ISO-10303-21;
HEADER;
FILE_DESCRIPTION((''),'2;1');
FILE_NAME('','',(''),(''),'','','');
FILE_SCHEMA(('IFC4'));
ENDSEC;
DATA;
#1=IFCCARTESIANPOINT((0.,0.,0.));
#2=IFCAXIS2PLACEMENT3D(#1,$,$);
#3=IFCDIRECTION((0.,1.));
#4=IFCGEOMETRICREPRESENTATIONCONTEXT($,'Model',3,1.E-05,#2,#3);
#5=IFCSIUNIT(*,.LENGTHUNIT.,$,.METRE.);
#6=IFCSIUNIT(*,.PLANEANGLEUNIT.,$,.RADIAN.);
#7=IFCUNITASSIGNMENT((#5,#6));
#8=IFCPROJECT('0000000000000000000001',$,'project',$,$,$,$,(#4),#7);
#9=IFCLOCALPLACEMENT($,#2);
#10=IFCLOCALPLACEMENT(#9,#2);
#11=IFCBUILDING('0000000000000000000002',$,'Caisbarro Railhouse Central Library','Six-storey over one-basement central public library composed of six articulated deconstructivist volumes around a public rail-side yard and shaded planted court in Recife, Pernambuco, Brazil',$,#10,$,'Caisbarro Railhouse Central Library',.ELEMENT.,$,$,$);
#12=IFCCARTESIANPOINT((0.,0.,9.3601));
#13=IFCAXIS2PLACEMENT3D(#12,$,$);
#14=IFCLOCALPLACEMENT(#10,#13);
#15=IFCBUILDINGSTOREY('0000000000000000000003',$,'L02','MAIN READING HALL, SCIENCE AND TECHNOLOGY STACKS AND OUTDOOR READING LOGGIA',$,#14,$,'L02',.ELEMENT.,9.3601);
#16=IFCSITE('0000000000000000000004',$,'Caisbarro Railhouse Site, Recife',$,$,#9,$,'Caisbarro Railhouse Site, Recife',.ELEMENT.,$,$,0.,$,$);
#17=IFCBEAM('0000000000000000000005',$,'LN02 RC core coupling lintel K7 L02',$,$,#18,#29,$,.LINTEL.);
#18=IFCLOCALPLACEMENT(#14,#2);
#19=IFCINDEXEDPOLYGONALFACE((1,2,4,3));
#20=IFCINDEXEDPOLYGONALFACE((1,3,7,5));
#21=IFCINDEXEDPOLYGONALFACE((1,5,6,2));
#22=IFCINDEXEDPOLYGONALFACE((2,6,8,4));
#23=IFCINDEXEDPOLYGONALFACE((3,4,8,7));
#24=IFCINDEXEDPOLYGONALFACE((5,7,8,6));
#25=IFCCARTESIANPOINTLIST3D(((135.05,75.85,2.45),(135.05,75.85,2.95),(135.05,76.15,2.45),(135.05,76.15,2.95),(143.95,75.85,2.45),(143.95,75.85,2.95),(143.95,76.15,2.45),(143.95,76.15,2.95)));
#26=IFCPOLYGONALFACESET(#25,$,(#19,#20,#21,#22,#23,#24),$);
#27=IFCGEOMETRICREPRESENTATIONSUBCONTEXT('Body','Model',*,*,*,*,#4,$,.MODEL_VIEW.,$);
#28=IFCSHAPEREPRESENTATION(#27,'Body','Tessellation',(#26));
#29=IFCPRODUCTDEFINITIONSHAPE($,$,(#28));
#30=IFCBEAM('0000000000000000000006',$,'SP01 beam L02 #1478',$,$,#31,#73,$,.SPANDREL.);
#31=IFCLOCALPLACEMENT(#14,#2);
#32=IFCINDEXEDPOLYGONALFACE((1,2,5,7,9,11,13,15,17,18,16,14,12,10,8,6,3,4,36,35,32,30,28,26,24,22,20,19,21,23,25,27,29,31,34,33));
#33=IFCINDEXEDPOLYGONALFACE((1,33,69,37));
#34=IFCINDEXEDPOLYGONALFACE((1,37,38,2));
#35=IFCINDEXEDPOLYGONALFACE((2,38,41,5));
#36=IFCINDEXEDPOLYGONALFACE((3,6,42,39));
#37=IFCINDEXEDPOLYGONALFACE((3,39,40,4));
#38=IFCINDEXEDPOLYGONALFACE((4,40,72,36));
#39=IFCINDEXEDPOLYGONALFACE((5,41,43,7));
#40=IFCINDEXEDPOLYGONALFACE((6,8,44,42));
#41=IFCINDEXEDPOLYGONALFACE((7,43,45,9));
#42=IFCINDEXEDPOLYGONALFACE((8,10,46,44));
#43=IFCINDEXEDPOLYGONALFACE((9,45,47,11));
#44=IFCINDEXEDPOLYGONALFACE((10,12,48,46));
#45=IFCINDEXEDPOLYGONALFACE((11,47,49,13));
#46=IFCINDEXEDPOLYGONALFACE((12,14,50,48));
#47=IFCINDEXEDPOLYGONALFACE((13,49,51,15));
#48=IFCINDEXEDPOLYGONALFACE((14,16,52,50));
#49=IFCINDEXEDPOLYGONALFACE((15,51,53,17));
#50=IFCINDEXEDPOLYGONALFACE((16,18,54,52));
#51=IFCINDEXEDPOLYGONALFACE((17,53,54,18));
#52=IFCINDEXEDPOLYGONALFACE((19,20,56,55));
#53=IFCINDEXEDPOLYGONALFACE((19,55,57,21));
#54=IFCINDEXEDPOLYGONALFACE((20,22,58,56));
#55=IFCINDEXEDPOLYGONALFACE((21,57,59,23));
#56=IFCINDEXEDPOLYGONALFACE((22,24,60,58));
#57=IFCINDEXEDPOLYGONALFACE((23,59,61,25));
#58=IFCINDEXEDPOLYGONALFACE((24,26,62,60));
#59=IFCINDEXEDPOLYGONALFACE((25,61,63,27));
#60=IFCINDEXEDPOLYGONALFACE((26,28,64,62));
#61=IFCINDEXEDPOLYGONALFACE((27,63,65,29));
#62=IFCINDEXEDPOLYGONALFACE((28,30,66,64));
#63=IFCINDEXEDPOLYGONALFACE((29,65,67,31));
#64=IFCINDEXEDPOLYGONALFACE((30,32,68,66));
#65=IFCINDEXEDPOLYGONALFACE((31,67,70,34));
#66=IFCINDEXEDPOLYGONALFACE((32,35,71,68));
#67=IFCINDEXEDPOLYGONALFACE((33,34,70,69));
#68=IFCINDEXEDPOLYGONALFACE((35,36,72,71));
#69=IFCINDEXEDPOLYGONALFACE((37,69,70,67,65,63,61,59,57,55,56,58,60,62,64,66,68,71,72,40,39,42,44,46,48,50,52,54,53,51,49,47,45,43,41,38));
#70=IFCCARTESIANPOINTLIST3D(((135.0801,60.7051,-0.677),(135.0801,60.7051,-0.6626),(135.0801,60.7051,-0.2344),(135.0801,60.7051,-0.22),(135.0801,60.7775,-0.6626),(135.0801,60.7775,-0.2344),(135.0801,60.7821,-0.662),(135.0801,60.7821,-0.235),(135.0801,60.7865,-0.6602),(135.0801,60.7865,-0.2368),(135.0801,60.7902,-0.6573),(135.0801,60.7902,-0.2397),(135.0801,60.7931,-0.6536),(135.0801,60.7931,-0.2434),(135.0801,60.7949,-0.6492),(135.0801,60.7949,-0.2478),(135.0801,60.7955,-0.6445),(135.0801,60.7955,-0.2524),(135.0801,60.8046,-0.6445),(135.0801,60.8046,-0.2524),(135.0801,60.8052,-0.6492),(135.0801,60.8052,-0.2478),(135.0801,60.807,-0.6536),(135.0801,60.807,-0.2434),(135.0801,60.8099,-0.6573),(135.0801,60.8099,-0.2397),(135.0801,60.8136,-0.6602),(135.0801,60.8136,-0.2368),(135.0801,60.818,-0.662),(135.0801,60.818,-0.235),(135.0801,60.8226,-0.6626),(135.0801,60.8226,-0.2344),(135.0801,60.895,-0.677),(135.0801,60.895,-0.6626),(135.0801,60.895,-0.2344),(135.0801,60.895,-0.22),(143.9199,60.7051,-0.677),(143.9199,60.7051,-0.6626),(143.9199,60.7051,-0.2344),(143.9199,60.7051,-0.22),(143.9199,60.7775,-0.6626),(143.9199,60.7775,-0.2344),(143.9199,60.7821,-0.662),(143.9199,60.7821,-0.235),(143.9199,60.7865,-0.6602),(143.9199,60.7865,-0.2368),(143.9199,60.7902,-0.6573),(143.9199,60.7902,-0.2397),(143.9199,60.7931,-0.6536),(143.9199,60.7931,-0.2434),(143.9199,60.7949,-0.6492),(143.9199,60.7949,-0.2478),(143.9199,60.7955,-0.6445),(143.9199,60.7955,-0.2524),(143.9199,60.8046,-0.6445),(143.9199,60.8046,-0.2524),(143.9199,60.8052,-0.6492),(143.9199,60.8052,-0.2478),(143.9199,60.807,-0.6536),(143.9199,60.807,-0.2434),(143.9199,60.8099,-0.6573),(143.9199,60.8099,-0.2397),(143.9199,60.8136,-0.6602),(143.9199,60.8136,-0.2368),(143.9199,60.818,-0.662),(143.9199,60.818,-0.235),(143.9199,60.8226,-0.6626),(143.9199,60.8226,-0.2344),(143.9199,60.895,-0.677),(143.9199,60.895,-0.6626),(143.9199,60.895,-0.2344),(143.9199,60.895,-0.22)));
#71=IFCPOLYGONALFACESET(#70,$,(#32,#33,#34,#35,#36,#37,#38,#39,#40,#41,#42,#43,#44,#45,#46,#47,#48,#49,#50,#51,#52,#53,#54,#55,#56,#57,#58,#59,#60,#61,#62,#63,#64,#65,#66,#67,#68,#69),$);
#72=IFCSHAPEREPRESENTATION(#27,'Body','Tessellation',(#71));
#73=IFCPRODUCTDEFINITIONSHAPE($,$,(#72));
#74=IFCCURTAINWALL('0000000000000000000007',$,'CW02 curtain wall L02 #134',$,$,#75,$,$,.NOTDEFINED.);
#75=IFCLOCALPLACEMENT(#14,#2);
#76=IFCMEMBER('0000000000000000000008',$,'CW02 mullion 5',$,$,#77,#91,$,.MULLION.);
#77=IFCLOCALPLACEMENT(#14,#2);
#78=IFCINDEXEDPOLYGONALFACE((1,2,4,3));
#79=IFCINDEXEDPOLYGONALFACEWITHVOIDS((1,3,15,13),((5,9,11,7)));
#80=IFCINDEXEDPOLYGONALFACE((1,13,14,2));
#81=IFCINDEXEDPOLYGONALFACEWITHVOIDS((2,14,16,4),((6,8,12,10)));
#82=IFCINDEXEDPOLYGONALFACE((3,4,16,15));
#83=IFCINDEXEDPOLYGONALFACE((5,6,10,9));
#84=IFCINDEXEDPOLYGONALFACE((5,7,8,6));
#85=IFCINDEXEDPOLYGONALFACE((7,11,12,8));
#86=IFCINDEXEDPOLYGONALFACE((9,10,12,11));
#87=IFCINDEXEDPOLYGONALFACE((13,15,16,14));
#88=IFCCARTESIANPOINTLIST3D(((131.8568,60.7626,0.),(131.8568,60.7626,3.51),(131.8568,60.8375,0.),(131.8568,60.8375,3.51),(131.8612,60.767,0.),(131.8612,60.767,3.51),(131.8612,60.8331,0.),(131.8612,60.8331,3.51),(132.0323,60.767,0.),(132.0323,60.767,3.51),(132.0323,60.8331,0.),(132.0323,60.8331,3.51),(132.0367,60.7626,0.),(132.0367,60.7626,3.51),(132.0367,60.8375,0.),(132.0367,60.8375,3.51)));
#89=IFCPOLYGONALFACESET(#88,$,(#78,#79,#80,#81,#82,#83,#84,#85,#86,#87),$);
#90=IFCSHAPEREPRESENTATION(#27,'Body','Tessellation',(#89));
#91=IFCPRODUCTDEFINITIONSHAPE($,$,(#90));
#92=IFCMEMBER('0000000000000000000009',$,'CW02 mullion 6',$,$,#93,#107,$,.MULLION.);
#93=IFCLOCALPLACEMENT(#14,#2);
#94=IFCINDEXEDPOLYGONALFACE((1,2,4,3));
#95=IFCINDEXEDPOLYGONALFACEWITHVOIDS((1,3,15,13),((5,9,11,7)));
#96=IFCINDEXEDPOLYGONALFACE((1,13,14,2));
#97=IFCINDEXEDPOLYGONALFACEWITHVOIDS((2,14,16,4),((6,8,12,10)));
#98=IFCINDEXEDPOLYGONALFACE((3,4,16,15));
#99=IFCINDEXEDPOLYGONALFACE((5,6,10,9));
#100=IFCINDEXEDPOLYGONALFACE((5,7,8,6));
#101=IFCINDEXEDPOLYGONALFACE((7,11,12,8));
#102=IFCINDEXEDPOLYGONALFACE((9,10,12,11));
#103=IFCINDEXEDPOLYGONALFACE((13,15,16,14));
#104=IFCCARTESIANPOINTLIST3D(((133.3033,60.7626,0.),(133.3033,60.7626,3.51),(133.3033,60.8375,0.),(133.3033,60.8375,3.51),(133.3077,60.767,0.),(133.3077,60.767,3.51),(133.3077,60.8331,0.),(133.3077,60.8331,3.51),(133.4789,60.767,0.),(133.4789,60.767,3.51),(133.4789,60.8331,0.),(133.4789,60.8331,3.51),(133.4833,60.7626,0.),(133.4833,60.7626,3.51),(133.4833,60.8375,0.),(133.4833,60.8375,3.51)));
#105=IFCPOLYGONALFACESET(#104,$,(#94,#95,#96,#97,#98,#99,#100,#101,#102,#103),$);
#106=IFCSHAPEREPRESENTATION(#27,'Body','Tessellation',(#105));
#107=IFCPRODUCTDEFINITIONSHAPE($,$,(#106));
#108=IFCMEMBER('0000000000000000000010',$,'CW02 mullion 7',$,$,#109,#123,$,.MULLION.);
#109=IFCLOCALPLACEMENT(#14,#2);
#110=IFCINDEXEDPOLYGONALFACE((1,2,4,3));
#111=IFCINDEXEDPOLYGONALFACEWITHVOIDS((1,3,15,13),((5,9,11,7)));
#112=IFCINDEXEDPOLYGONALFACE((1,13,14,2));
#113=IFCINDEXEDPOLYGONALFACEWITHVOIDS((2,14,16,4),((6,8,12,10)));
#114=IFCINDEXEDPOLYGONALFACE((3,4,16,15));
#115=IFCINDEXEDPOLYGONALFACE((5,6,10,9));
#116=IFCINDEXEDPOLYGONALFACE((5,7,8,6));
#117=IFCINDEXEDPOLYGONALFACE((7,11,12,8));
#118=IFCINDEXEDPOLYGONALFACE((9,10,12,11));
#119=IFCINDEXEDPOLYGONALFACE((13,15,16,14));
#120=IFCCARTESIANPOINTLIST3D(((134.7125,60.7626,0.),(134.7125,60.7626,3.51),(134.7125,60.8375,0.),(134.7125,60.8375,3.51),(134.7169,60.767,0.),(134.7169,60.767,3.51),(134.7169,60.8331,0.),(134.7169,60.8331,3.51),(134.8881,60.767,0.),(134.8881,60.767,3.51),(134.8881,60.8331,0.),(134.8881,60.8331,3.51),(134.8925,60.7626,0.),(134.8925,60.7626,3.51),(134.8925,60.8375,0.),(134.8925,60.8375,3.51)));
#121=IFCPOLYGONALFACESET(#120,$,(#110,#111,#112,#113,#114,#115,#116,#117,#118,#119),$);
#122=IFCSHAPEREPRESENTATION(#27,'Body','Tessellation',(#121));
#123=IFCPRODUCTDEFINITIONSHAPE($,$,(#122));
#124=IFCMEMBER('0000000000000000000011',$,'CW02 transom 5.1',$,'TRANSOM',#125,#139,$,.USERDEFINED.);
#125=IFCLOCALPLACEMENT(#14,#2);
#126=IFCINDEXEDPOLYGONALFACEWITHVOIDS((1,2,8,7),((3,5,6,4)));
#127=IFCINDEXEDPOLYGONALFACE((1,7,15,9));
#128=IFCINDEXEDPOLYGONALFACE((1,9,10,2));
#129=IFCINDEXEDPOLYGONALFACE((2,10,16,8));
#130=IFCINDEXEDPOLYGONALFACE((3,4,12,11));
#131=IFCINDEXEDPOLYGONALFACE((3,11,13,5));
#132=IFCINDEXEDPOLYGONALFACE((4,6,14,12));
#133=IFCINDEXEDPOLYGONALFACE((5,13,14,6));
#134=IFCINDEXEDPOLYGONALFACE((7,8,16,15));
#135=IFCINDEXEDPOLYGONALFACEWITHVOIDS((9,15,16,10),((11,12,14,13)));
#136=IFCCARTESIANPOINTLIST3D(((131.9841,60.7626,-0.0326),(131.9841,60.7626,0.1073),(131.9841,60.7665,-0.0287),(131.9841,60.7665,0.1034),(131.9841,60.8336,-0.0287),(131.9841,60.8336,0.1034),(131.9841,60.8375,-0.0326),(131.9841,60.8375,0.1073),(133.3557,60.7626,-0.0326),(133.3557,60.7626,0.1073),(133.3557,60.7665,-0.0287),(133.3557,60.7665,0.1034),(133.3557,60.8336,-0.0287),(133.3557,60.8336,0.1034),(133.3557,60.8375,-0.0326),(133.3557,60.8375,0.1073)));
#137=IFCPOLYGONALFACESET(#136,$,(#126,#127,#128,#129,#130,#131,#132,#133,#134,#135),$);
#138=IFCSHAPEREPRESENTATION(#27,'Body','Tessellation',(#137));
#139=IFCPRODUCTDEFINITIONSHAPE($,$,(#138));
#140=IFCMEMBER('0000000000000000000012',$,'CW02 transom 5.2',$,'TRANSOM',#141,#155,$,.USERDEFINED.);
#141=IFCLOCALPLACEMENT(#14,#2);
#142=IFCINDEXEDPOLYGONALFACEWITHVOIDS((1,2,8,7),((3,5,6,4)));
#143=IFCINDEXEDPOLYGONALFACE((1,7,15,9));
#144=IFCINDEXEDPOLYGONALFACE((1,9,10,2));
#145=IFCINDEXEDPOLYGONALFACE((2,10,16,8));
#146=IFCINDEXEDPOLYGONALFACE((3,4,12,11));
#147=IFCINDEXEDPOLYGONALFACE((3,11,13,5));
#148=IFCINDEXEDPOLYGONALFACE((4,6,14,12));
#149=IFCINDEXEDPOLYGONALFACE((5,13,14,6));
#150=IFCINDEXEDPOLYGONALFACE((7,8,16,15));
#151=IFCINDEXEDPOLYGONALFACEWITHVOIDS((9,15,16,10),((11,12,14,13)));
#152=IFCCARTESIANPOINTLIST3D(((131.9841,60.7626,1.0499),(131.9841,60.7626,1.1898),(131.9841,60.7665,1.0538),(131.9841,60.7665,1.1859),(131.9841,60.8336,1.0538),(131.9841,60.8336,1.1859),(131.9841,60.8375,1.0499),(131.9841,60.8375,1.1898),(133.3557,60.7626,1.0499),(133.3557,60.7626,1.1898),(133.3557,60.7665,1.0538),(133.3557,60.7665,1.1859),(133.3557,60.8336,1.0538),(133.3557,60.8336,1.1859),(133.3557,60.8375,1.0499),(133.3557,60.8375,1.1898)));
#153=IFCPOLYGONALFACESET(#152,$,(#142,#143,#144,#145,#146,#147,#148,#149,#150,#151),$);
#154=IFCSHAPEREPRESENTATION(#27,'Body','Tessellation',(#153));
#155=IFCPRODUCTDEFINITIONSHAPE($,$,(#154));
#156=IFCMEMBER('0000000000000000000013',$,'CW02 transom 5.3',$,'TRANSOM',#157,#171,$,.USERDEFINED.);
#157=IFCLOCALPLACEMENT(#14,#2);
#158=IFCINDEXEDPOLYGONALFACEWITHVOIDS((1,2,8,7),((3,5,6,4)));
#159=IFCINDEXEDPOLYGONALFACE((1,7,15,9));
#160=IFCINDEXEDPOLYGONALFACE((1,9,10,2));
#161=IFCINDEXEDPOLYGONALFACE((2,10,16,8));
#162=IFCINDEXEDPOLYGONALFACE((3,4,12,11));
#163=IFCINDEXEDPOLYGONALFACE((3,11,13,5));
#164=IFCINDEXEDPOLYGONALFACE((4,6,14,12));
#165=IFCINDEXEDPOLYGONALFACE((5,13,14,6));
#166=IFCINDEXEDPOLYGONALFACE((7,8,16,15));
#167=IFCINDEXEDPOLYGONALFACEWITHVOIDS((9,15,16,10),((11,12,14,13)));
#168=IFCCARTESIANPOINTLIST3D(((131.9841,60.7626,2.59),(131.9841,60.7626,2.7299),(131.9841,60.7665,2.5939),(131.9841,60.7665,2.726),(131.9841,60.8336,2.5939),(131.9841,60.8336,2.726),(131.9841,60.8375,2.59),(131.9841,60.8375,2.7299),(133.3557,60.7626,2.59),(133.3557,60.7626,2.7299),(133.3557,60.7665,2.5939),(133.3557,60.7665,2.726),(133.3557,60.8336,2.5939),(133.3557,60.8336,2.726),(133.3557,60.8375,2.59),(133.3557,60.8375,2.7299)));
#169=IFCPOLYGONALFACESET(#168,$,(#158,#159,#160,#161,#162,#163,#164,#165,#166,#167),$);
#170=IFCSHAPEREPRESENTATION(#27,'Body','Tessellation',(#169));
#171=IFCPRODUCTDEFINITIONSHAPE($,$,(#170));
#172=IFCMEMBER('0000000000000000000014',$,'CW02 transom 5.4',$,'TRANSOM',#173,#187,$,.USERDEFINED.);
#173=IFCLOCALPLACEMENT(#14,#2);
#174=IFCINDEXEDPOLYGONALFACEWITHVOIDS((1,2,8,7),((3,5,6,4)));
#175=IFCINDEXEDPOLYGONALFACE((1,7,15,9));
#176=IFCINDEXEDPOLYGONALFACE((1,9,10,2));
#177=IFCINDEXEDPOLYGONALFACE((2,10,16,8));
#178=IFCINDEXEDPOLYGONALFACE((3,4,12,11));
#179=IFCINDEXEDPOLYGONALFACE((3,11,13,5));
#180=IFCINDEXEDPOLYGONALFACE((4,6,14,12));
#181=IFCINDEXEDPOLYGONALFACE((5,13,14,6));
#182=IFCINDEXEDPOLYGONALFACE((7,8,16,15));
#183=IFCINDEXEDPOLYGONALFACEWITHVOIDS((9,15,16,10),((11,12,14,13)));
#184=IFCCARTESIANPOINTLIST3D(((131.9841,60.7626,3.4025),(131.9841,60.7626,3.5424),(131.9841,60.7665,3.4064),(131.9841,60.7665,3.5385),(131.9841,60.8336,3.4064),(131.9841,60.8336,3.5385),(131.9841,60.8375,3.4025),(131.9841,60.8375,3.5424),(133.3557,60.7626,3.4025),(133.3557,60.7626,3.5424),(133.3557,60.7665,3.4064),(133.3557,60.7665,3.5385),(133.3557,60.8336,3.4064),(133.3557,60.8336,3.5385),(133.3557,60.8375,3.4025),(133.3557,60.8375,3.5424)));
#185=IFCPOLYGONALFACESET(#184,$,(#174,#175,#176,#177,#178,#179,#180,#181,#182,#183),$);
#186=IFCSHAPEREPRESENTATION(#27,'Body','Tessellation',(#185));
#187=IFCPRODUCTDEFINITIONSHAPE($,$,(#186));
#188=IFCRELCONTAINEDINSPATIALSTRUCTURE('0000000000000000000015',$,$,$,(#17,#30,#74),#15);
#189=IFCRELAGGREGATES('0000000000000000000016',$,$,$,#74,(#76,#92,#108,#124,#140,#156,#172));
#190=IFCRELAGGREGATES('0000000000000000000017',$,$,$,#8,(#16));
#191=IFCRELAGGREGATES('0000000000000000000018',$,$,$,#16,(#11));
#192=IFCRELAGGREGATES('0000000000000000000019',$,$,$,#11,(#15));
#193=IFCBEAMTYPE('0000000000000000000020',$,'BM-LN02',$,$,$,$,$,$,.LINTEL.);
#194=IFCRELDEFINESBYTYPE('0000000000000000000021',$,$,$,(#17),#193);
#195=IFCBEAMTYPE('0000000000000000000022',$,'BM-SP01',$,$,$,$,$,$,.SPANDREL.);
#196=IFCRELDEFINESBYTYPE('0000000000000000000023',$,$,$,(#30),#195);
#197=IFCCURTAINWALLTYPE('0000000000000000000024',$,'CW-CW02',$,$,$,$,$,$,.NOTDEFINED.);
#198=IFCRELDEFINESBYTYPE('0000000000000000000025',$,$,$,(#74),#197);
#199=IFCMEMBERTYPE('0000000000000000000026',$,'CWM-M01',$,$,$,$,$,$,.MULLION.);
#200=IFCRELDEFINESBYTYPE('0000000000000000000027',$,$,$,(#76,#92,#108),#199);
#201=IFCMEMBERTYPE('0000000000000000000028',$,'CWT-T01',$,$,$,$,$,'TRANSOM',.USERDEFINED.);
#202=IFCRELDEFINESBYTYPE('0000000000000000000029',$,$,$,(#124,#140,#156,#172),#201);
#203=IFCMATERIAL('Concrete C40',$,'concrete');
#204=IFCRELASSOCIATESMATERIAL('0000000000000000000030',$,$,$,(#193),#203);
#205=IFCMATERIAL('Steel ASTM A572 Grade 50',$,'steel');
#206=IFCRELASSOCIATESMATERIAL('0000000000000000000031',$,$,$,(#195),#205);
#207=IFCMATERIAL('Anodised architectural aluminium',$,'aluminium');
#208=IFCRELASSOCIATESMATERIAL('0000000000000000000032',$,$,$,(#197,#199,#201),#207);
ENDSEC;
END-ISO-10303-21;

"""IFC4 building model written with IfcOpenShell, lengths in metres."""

from ifc_helpers import new_model, si_unit, direction, frame, origin, origin_2d, place, context, subcontext, project, spatial, rectangle, hollow_rectangle, i_section, extrude, material, material_profile, profile_set, type_object, element, aggregate, save


model = new_model("IFC4")

# Units and contexts
model_context = context("Model", 3, precision=1e-05, world=origin(), true_north=direction((0.0, 1.0)))
body_context = subcontext(model_context, "Body", "Model", "MODEL_VIEW")
ifc_project = project(units=[si_unit("LENGTHUNIT", "METRE"), si_unit("PLANEANGLEUNIT", "RADIAN")], contexts=[model_context])

# Site, building, storey
site_placement = place(None, origin())
site = spatial("IfcSite", under=ifc_project, at=site_placement, Name="Caisbarro Railhouse Site, Recife", LongName="Caisbarro Railhouse Site, Recife", CompositionType="ELEMENT", RefElevation=0.0)
building_placement = place(site_placement, origin())
building = spatial("IfcBuilding", under=site, at=building_placement, Name="Caisbarro Railhouse Central Library", Description="Six-storey over one-basement central public library composed of six articulated deconstructivist volumes around a public rail-side yard and shaded planted court in Recife, Pernambuco, Brazil", LongName="Caisbarro Railhouse Central Library", CompositionType="ELEMENT")
storey_placement = place(building_placement, frame((0.0, 0.0, 9.3601)))
storey = spatial("IfcBuildingStorey", under=building, at=storey_placement, Name="L02", Description="MAIN READING HALL, SCIENCE AND TECHNOLOGY STACKS AND OUTDOOR READING LOGGIA", LongName="L02", CompositionType="ELEMENT", Elevation=9.3601)

# Shared definitions
ifc_material_1 = material(Name="Steel ASTM A572 Grade 50", Category="steel")

# Beams
ifc_material_2 = material(Name="Concrete C40", Category="concrete")
ifc_material_profile_1 = material_profile(ifc_material_2, rectangle(XDim=0.3, YDim=0.5, at=origin_2d()), Name="RC-LIN-300X500")
ifc_profile_set_1 = profile_set([ifc_material_profile_1], Name="Concrete C40")
beam_type_1 = type_object("IfcBeamType", Name="BM-LN02", PredefinedType="LINTEL", material=ifc_profile_set_1)
beam_1_placement = place(storey_placement, frame((135.05, 76.0, 2.7), z_axis=(1.0, 0.0, 0.0), x_axis=(0.0, 1.0, 0.0)))
element("IfcBeam", 1, at=beam_1_placement, inside=storey, type_object=beam_type_1, Name="LN02 RC core coupling lintel K7 L02", PredefinedType="LINTEL", context=body_context, shape_type="SweptSolid", body=[
    extrude(rectangle(XDim=0.3, YDim=0.5, at=origin_2d()), origin(), (0.0, 0.0, 1.0), 8.8999),
])
ifc_material_profile_2 = material_profile(ifc_material_1, i_section(OverallWidth=0.1899, OverallDepth=0.457, WebThickness=0.009, FlangeThickness=0.0144, FilletRadius=0.0181, at=origin_2d()), Name="W460X74.0")
ifc_profile_set_2 = profile_set([ifc_material_profile_2], Name="Steel ASTM A572 Grade 50")
beam_type_2 = type_object("IfcBeamType", Name="BM-SP01", PredefinedType="SPANDREL", material=ifc_profile_set_2)
beam_2_placement = place(storey_placement, frame((135.0801, 60.8, -0.4485), z_axis=(1.0, 0.0, 0.0), x_axis=(0.0, 1.0, 0.0)))
element("IfcBeam", 2, at=beam_2_placement, inside=storey, type_object=beam_type_2, Name="SP01 beam L02 #1478", PredefinedType="SPANDREL", context=body_context, shape_type="SweptSolid", body=[
    extrude(i_section(OverallWidth=0.1899, OverallDepth=0.457, WebThickness=0.009, FlangeThickness=0.0144, FilletRadius=0.0181, at=origin_2d()), origin(), (0.0, 0.0, 1.0), 8.8398),
])

# Curtain wall, members
ifc_material_3 = material(Name="Anodised architectural aluminium", Category="aluminium")
curtain_wall_type = type_object("IfcCurtainWallType", Name="CW-CW02", PredefinedType="NOTDEFINED", material=ifc_material_3)
curtain_wall_placement = place(storey_placement, origin())
curtain_wall = element("IfcCurtainWall", 3, at=curtain_wall_placement, inside=storey, type_object=curtain_wall_type, Name="CW02 curtain wall L02 #134", PredefinedType="NOTDEFINED")
ifc_material_profile_3 = material_profile(ifc_material_3, hollow_rectangle(XDim=0.075, YDim=0.1799, WallThickness=0.0044, at=origin_2d()), Name="ALU-MUL-75X180")
ifc_profile_set_3 = profile_set([ifc_material_profile_3], Name="Anodised architectural aluminium")
member_type_1 = type_object("IfcMemberType", Name="CWM-M01", PredefinedType="MULLION", material=ifc_profile_set_3)
member_1_placement = place(storey_placement, frame((131.9468, 60.8, 0.0), z_axis=(0.0, 0.0, 1.0), x_axis=(0.0, 1.0, 0.0)))
member_1 = element("IfcMember", 4, at=member_1_placement, type_object=member_type_1, Name="CW02 mullion 5", PredefinedType="MULLION", context=body_context, shape_type="SweptSolid", body=[
    extrude(hollow_rectangle(XDim=0.075, YDim=0.1799, WallThickness=0.0044, at=origin_2d()), origin(), (0.0, 0.0, 1.0), 3.51),
])
member_2_placement = place(storey_placement, frame((133.3933, 60.8, 0.0), z_axis=(0.0, 0.0, 1.0), x_axis=(0.0, 1.0, 0.0)))
member_2 = element("IfcMember", 5, at=member_2_placement, type_object=member_type_1, Name="CW02 mullion 6", PredefinedType="MULLION", context=body_context, shape_type="SweptSolid", body=[
    extrude(hollow_rectangle(XDim=0.075, YDim=0.1799, WallThickness=0.0044, at=origin_2d()), origin(), (0.0, 0.0, 1.0), 3.51),
])
member_3_placement = place(storey_placement, frame((134.8025, 60.8, 0.0), z_axis=(0.0, 0.0, 1.0), x_axis=(0.0, 1.0, 0.0)))
member_3 = element("IfcMember", 6, at=member_3_placement, type_object=member_type_1, Name="CW02 mullion 7", PredefinedType="MULLION", context=body_context, shape_type="SweptSolid", body=[
    extrude(hollow_rectangle(XDim=0.075, YDim=0.1799, WallThickness=0.0044, at=origin_2d()), origin(), (0.0, 0.0, 1.0), 3.51),
])
ifc_material_profile_4 = material_profile(ifc_material_3, hollow_rectangle(XDim=0.075, YDim=0.1399, WallThickness=0.0039, at=origin_2d()), Name="ALU-TRN-75X140")
ifc_profile_set_4 = profile_set([ifc_material_profile_4], Name="Anodised architectural aluminium")
member_type_2 = type_object("IfcMemberType", Name="CWT-T01", ElementType="TRANSOM", PredefinedType="USERDEFINED", material=ifc_profile_set_4)
member_4_placement = place(storey_placement, frame((131.9841, 60.8, 0.0374), z_axis=(1.0, 0.0, 0.0), x_axis=(0.0, 1.0, 0.0)))
member_4 = element("IfcMember", 7, at=member_4_placement, type_object=member_type_2, Name="CW02 transom 5.1", ObjectType="TRANSOM", PredefinedType="USERDEFINED", context=body_context, shape_type="SweptSolid", body=[
    extrude(hollow_rectangle(XDim=0.075, YDim=0.1399, WallThickness=0.0039, at=origin_2d()), origin(), (0.0, 0.0, 1.0), 1.3716),
])
member_5_placement = place(storey_placement, frame((131.9841, 60.8, 1.1199), z_axis=(1.0, 0.0, 0.0), x_axis=(0.0, 1.0, 0.0)))
member_5 = element("IfcMember", 8, at=member_5_placement, type_object=member_type_2, Name="CW02 transom 5.2", ObjectType="TRANSOM", PredefinedType="USERDEFINED", context=body_context, shape_type="SweptSolid", body=[
    extrude(hollow_rectangle(XDim=0.075, YDim=0.1399, WallThickness=0.0039, at=origin_2d()), origin(), (0.0, 0.0, 1.0), 1.3716),
])
member_6_placement = place(storey_placement, frame((131.9841, 60.8, 2.6599), z_axis=(1.0, 0.0, 0.0), x_axis=(0.0, 1.0, 0.0)))
member_6 = element("IfcMember", 9, at=member_6_placement, type_object=member_type_2, Name="CW02 transom 5.3", ObjectType="TRANSOM", PredefinedType="USERDEFINED", context=body_context, shape_type="SweptSolid", body=[
    extrude(hollow_rectangle(XDim=0.075, YDim=0.1399, WallThickness=0.0039, at=origin_2d()), origin(), (0.0, 0.0, 1.0), 1.3716),
])
member_7_placement = place(storey_placement, frame((131.9841, 60.8, 3.4724), z_axis=(1.0, 0.0, 0.0), x_axis=(0.0, 1.0, 0.0)))
member_7 = element("IfcMember", 10, at=member_7_placement, type_object=member_type_2, Name="CW02 transom 5.4", ObjectType="TRANSOM", PredefinedType="USERDEFINED", context=body_context, shape_type="SweptSolid", body=[
    extrude(hollow_rectangle(XDim=0.075, YDim=0.1399, WallThickness=0.0039, at=origin_2d()), origin(), (0.0, 0.0, 1.0), 1.3716),
])
aggregate(curtain_wall, [member_1, member_2, member_3, member_4, member_5, member_6, member_7])

save(model, "model.ifc")
